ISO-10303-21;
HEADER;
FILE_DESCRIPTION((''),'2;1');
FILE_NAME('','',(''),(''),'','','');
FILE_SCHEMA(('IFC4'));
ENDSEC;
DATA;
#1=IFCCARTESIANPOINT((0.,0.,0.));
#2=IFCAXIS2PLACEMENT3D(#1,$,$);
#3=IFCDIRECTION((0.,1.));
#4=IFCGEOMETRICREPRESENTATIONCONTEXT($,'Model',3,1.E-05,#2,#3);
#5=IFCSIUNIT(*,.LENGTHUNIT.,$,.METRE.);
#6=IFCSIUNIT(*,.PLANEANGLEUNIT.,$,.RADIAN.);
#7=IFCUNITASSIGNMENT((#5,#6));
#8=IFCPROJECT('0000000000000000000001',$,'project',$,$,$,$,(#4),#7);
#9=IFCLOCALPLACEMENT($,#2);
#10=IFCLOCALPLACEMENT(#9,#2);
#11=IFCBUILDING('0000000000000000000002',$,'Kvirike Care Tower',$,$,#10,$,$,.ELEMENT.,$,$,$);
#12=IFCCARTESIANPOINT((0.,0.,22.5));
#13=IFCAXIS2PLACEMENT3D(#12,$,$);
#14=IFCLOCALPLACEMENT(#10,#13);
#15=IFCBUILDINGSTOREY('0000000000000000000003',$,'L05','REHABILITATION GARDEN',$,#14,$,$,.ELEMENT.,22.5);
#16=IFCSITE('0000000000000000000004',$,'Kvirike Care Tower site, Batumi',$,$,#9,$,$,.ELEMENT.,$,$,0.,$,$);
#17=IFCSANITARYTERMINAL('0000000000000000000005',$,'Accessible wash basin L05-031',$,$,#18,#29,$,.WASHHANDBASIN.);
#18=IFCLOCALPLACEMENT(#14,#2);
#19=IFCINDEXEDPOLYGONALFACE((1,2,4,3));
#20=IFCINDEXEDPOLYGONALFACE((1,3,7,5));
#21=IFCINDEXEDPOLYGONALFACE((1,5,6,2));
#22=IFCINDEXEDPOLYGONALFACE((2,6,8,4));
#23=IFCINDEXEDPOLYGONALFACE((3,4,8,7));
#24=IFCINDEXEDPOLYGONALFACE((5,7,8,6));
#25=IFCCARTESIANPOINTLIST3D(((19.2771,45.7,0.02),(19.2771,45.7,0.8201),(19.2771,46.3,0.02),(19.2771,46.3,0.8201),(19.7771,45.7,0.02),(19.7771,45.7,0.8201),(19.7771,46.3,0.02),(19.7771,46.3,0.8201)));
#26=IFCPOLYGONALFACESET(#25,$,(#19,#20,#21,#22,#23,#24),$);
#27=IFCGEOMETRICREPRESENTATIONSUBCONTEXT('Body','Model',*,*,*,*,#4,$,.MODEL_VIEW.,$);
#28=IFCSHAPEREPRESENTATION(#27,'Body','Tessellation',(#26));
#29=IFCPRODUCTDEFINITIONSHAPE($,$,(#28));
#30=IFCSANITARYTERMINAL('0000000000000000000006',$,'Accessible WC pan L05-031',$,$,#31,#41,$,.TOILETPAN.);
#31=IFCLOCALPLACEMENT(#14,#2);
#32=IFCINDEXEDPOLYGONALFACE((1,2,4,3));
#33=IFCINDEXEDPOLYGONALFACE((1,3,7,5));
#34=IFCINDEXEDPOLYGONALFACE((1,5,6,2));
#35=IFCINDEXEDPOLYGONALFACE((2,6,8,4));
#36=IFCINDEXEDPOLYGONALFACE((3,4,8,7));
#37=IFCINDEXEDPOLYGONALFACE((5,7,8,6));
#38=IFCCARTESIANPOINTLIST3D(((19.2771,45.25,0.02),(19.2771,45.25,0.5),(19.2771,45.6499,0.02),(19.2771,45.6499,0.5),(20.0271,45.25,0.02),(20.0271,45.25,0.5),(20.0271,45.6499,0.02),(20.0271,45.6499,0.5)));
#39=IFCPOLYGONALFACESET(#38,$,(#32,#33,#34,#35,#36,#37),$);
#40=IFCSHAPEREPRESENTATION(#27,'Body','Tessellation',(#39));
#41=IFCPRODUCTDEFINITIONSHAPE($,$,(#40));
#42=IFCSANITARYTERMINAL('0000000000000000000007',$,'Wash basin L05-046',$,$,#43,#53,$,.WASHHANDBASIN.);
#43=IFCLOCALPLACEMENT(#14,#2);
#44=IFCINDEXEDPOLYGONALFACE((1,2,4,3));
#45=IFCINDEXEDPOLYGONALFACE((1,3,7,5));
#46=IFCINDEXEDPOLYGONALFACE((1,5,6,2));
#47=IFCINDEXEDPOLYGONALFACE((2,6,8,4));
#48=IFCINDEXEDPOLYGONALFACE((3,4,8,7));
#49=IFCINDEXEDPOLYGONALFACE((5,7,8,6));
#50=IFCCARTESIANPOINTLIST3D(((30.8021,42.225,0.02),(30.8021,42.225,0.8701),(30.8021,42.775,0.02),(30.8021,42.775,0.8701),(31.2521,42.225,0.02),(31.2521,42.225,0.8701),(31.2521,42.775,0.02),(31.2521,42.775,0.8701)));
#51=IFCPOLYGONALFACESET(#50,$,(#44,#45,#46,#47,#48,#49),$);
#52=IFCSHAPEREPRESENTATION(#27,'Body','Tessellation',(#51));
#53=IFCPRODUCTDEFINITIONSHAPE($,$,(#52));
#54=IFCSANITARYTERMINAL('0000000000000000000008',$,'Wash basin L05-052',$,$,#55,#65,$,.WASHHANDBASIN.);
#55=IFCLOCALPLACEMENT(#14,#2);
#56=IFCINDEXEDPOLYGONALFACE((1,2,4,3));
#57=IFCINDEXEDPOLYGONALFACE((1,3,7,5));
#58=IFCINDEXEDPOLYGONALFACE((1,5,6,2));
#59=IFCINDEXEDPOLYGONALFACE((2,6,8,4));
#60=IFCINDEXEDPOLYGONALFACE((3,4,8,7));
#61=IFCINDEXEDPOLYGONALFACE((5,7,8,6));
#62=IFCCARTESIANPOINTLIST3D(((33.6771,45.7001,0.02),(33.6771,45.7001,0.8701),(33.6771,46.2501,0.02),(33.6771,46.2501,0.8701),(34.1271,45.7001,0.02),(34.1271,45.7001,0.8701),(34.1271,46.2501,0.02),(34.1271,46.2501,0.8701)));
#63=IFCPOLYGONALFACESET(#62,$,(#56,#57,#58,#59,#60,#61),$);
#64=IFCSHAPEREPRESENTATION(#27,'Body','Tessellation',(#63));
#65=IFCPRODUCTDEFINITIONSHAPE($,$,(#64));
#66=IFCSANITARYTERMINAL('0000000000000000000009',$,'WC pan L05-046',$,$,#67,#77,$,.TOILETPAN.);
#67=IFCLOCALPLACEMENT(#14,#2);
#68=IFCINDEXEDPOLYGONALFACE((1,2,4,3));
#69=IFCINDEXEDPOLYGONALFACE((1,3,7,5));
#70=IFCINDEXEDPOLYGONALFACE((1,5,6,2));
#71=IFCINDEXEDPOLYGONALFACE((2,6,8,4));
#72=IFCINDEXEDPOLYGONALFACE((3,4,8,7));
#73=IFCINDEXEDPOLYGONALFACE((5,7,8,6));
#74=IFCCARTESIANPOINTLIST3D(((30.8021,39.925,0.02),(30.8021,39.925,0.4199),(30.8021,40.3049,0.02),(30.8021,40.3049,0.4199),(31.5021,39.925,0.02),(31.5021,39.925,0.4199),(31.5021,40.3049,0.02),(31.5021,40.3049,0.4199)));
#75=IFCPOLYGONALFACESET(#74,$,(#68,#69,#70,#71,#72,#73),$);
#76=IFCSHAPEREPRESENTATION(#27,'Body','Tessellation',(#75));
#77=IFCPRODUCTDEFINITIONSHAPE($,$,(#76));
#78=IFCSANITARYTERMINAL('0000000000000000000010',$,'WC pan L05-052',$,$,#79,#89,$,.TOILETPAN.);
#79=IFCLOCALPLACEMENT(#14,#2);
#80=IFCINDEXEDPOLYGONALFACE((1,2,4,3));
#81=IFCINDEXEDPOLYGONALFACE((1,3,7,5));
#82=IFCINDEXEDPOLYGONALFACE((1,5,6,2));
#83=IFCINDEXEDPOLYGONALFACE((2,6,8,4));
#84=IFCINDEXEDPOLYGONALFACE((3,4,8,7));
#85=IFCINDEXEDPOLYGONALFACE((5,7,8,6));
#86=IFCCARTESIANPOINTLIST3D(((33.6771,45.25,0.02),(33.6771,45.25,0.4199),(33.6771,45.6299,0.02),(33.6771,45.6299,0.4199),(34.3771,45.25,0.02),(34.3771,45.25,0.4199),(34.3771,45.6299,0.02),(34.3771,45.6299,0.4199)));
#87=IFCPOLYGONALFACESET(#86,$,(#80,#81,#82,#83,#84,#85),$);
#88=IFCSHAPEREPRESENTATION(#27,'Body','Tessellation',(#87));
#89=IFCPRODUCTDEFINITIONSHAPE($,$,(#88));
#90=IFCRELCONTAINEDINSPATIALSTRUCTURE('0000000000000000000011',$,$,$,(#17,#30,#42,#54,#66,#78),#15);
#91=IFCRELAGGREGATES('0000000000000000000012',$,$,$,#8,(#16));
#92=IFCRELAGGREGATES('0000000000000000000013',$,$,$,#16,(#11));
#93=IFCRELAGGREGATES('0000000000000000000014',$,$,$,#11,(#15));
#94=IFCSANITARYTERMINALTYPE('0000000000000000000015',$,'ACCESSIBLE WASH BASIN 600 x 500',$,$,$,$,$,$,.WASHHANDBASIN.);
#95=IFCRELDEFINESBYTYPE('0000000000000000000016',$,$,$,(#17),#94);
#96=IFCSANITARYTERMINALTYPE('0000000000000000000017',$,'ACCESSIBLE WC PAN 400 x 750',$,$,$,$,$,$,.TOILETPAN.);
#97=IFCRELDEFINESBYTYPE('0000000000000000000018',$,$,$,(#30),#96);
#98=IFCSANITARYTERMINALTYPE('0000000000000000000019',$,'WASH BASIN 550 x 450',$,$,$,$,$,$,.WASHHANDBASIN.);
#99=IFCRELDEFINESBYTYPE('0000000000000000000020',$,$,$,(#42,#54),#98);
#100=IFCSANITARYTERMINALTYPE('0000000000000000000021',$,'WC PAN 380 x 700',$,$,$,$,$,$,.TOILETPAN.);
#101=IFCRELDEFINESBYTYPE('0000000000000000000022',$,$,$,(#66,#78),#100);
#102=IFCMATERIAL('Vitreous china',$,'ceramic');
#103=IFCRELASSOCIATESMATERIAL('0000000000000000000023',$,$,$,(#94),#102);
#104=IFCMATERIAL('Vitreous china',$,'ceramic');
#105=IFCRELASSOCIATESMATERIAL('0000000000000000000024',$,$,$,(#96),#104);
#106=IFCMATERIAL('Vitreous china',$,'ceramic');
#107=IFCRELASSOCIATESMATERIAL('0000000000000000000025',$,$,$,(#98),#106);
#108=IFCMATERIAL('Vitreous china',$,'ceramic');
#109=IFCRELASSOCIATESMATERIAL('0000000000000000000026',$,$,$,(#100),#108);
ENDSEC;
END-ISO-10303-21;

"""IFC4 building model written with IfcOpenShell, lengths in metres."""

from ifc_helpers import new_model, si_unit, direction, frame, origin, origin_2d, place, context, subcontext, project, spatial, rectangle, extrude, material, type_object, element, save


model = new_model("IFC4")

# Units and contexts
model_context = context("Model", 3, precision=1e-05, world=origin(), true_north=direction((0.0, 1.0)))
body_context = subcontext(model_context, "Body", "Model", "MODEL_VIEW")
ifc_project = project(units=[si_unit("LENGTHUNIT", "METRE"), si_unit("PLANEANGLEUNIT", "RADIAN")], contexts=[model_context])

# Site, building, storey
site_placement = place(None, origin())
site = spatial("IfcSite", under=ifc_project, at=site_placement, Name="Kvirike Care Tower site, Batumi", CompositionType="ELEMENT", RefElevation=0.0)
building_placement = place(site_placement, origin())
building = spatial("IfcBuilding", under=site, at=building_placement, Name="Kvirike Care Tower", CompositionType="ELEMENT")
storey_placement = place(building_placement, frame((0.0, 0.0, 22.5)))
storey = spatial("IfcBuildingStorey", under=building, at=storey_placement, Name="L05", Description="REHABILITATION GARDEN", CompositionType="ELEMENT", Elevation=22.5)

# Sanitary terminals
ifc_material_1 = material(Name="Vitreous china", Category="ceramic")
sanitary_terminal_type_1 = type_object("IfcSanitaryTerminalType", Name="ACCESSIBLE WASH BASIN 600 x 500", PredefinedType="WASHHANDBASIN", material=ifc_material_1)
sanitary_terminal_1_placement = place(storey_placement, frame((19.5271, 46.0, 0.02), z_axis=(0.0, 0.0, 1.0), x_axis=(0.0, 1.0, 0.0)))
element("IfcSanitaryTerminal", 1, at=sanitary_terminal_1_placement, inside=storey, type_object=sanitary_terminal_type_1, Name="Accessible wash basin L05-031", PredefinedType="WASHHANDBASIN", context=body_context, shape_type="SweptSolid", body=[
    extrude(rectangle(XDim=0.6001, YDim=0.5, at=origin_2d()), origin(), (0.0, 0.0, 1.0), 0.8),
])
ifc_material_2 = material(Name="Vitreous china", Category="ceramic")
sanitary_terminal_type_2 = type_object("IfcSanitaryTerminalType", Name="ACCESSIBLE WC PAN 400 x 750", PredefinedType="TOILETPAN", material=ifc_material_2)
sanitary_terminal_2_placement = place(storey_placement, frame((19.6521, 45.45, 0.02), z_axis=(0.0, 0.0, 1.0), x_axis=(0.0, 1.0, 0.0)))
element("IfcSanitaryTerminal", 2, at=sanitary_terminal_2_placement, inside=storey, type_object=sanitary_terminal_type_2, Name="Accessible WC pan L05-031", PredefinedType="TOILETPAN", context=body_context, shape_type="SweptSolid", body=[
    extrude(rectangle(XDim=0.3999, YDim=0.75, at=origin_2d()), origin(), (0.0, 0.0, 1.0), 0.48),
])
ifc_material_3 = material(Name="Vitreous china", Category="ceramic")
sanitary_terminal_type_3 = type_object("IfcSanitaryTerminalType", Name="WASH BASIN 550 x 450", PredefinedType="WASHHANDBASIN", material=ifc_material_3)
for number, where, z_axis, x_axis, name in (
    (3, (31.0271, 42.5, 0.02), (0.0, 0.0, 1.0), (0.0, 1.0, 0.0), "Wash basin L05-046"),
    (4, (33.9021, 45.9751, 0.02), (0.0, 0.0, 1.0), (0.0, 1.0, 0.0), "Wash basin L05-052"),
):
    element("IfcSanitaryTerminal", number, at=place(storey_placement, frame(where, z_axis=z_axis, x_axis=x_axis)), inside=storey, type_object=sanitary_terminal_type_3, Name=name, PredefinedType="WASHHANDBASIN", context=body_context, shape_type="SweptSolid", body=[
        extrude(rectangle(XDim=0.55, YDim=0.45, at=origin_2d()), origin(), (0.0, 0.0, 1.0), 0.8501),
    ])
ifc_material_4 = material(Name="Vitreous china", Category="ceramic")
sanitary_terminal_type_4 = type_object("IfcSanitaryTerminalType", Name="WC PAN 380 x 700", PredefinedType="TOILETPAN", material=ifc_material_4)
for number, where, z_axis, x_axis, name in (
    (5, (31.1521, 40.115, 0.02), (0.0, 0.0, 1.0), (0.0, 1.0, 0.0), "WC pan L05-046"),
    (6, (34.0271, 45.4399, 0.02), (0.0, 0.0, 1.0), (0.0, 1.0, 0.0), "WC pan L05-052"),
):
    element("IfcSanitaryTerminal", number, at=place(storey_placement, frame(where, z_axis=z_axis, x_axis=x_axis)), inside=storey, type_object=sanitary_terminal_type_4, Name=name, PredefinedType="TOILETPAN", context=body_context, shape_type="SweptSolid", body=[
        extrude(rectangle(XDim=0.3799, YDim=0.7, at=origin_2d()), origin(), (0.0, 0.0, 1.0), 0.3999),
    ])

save(model, "model.ifc")
